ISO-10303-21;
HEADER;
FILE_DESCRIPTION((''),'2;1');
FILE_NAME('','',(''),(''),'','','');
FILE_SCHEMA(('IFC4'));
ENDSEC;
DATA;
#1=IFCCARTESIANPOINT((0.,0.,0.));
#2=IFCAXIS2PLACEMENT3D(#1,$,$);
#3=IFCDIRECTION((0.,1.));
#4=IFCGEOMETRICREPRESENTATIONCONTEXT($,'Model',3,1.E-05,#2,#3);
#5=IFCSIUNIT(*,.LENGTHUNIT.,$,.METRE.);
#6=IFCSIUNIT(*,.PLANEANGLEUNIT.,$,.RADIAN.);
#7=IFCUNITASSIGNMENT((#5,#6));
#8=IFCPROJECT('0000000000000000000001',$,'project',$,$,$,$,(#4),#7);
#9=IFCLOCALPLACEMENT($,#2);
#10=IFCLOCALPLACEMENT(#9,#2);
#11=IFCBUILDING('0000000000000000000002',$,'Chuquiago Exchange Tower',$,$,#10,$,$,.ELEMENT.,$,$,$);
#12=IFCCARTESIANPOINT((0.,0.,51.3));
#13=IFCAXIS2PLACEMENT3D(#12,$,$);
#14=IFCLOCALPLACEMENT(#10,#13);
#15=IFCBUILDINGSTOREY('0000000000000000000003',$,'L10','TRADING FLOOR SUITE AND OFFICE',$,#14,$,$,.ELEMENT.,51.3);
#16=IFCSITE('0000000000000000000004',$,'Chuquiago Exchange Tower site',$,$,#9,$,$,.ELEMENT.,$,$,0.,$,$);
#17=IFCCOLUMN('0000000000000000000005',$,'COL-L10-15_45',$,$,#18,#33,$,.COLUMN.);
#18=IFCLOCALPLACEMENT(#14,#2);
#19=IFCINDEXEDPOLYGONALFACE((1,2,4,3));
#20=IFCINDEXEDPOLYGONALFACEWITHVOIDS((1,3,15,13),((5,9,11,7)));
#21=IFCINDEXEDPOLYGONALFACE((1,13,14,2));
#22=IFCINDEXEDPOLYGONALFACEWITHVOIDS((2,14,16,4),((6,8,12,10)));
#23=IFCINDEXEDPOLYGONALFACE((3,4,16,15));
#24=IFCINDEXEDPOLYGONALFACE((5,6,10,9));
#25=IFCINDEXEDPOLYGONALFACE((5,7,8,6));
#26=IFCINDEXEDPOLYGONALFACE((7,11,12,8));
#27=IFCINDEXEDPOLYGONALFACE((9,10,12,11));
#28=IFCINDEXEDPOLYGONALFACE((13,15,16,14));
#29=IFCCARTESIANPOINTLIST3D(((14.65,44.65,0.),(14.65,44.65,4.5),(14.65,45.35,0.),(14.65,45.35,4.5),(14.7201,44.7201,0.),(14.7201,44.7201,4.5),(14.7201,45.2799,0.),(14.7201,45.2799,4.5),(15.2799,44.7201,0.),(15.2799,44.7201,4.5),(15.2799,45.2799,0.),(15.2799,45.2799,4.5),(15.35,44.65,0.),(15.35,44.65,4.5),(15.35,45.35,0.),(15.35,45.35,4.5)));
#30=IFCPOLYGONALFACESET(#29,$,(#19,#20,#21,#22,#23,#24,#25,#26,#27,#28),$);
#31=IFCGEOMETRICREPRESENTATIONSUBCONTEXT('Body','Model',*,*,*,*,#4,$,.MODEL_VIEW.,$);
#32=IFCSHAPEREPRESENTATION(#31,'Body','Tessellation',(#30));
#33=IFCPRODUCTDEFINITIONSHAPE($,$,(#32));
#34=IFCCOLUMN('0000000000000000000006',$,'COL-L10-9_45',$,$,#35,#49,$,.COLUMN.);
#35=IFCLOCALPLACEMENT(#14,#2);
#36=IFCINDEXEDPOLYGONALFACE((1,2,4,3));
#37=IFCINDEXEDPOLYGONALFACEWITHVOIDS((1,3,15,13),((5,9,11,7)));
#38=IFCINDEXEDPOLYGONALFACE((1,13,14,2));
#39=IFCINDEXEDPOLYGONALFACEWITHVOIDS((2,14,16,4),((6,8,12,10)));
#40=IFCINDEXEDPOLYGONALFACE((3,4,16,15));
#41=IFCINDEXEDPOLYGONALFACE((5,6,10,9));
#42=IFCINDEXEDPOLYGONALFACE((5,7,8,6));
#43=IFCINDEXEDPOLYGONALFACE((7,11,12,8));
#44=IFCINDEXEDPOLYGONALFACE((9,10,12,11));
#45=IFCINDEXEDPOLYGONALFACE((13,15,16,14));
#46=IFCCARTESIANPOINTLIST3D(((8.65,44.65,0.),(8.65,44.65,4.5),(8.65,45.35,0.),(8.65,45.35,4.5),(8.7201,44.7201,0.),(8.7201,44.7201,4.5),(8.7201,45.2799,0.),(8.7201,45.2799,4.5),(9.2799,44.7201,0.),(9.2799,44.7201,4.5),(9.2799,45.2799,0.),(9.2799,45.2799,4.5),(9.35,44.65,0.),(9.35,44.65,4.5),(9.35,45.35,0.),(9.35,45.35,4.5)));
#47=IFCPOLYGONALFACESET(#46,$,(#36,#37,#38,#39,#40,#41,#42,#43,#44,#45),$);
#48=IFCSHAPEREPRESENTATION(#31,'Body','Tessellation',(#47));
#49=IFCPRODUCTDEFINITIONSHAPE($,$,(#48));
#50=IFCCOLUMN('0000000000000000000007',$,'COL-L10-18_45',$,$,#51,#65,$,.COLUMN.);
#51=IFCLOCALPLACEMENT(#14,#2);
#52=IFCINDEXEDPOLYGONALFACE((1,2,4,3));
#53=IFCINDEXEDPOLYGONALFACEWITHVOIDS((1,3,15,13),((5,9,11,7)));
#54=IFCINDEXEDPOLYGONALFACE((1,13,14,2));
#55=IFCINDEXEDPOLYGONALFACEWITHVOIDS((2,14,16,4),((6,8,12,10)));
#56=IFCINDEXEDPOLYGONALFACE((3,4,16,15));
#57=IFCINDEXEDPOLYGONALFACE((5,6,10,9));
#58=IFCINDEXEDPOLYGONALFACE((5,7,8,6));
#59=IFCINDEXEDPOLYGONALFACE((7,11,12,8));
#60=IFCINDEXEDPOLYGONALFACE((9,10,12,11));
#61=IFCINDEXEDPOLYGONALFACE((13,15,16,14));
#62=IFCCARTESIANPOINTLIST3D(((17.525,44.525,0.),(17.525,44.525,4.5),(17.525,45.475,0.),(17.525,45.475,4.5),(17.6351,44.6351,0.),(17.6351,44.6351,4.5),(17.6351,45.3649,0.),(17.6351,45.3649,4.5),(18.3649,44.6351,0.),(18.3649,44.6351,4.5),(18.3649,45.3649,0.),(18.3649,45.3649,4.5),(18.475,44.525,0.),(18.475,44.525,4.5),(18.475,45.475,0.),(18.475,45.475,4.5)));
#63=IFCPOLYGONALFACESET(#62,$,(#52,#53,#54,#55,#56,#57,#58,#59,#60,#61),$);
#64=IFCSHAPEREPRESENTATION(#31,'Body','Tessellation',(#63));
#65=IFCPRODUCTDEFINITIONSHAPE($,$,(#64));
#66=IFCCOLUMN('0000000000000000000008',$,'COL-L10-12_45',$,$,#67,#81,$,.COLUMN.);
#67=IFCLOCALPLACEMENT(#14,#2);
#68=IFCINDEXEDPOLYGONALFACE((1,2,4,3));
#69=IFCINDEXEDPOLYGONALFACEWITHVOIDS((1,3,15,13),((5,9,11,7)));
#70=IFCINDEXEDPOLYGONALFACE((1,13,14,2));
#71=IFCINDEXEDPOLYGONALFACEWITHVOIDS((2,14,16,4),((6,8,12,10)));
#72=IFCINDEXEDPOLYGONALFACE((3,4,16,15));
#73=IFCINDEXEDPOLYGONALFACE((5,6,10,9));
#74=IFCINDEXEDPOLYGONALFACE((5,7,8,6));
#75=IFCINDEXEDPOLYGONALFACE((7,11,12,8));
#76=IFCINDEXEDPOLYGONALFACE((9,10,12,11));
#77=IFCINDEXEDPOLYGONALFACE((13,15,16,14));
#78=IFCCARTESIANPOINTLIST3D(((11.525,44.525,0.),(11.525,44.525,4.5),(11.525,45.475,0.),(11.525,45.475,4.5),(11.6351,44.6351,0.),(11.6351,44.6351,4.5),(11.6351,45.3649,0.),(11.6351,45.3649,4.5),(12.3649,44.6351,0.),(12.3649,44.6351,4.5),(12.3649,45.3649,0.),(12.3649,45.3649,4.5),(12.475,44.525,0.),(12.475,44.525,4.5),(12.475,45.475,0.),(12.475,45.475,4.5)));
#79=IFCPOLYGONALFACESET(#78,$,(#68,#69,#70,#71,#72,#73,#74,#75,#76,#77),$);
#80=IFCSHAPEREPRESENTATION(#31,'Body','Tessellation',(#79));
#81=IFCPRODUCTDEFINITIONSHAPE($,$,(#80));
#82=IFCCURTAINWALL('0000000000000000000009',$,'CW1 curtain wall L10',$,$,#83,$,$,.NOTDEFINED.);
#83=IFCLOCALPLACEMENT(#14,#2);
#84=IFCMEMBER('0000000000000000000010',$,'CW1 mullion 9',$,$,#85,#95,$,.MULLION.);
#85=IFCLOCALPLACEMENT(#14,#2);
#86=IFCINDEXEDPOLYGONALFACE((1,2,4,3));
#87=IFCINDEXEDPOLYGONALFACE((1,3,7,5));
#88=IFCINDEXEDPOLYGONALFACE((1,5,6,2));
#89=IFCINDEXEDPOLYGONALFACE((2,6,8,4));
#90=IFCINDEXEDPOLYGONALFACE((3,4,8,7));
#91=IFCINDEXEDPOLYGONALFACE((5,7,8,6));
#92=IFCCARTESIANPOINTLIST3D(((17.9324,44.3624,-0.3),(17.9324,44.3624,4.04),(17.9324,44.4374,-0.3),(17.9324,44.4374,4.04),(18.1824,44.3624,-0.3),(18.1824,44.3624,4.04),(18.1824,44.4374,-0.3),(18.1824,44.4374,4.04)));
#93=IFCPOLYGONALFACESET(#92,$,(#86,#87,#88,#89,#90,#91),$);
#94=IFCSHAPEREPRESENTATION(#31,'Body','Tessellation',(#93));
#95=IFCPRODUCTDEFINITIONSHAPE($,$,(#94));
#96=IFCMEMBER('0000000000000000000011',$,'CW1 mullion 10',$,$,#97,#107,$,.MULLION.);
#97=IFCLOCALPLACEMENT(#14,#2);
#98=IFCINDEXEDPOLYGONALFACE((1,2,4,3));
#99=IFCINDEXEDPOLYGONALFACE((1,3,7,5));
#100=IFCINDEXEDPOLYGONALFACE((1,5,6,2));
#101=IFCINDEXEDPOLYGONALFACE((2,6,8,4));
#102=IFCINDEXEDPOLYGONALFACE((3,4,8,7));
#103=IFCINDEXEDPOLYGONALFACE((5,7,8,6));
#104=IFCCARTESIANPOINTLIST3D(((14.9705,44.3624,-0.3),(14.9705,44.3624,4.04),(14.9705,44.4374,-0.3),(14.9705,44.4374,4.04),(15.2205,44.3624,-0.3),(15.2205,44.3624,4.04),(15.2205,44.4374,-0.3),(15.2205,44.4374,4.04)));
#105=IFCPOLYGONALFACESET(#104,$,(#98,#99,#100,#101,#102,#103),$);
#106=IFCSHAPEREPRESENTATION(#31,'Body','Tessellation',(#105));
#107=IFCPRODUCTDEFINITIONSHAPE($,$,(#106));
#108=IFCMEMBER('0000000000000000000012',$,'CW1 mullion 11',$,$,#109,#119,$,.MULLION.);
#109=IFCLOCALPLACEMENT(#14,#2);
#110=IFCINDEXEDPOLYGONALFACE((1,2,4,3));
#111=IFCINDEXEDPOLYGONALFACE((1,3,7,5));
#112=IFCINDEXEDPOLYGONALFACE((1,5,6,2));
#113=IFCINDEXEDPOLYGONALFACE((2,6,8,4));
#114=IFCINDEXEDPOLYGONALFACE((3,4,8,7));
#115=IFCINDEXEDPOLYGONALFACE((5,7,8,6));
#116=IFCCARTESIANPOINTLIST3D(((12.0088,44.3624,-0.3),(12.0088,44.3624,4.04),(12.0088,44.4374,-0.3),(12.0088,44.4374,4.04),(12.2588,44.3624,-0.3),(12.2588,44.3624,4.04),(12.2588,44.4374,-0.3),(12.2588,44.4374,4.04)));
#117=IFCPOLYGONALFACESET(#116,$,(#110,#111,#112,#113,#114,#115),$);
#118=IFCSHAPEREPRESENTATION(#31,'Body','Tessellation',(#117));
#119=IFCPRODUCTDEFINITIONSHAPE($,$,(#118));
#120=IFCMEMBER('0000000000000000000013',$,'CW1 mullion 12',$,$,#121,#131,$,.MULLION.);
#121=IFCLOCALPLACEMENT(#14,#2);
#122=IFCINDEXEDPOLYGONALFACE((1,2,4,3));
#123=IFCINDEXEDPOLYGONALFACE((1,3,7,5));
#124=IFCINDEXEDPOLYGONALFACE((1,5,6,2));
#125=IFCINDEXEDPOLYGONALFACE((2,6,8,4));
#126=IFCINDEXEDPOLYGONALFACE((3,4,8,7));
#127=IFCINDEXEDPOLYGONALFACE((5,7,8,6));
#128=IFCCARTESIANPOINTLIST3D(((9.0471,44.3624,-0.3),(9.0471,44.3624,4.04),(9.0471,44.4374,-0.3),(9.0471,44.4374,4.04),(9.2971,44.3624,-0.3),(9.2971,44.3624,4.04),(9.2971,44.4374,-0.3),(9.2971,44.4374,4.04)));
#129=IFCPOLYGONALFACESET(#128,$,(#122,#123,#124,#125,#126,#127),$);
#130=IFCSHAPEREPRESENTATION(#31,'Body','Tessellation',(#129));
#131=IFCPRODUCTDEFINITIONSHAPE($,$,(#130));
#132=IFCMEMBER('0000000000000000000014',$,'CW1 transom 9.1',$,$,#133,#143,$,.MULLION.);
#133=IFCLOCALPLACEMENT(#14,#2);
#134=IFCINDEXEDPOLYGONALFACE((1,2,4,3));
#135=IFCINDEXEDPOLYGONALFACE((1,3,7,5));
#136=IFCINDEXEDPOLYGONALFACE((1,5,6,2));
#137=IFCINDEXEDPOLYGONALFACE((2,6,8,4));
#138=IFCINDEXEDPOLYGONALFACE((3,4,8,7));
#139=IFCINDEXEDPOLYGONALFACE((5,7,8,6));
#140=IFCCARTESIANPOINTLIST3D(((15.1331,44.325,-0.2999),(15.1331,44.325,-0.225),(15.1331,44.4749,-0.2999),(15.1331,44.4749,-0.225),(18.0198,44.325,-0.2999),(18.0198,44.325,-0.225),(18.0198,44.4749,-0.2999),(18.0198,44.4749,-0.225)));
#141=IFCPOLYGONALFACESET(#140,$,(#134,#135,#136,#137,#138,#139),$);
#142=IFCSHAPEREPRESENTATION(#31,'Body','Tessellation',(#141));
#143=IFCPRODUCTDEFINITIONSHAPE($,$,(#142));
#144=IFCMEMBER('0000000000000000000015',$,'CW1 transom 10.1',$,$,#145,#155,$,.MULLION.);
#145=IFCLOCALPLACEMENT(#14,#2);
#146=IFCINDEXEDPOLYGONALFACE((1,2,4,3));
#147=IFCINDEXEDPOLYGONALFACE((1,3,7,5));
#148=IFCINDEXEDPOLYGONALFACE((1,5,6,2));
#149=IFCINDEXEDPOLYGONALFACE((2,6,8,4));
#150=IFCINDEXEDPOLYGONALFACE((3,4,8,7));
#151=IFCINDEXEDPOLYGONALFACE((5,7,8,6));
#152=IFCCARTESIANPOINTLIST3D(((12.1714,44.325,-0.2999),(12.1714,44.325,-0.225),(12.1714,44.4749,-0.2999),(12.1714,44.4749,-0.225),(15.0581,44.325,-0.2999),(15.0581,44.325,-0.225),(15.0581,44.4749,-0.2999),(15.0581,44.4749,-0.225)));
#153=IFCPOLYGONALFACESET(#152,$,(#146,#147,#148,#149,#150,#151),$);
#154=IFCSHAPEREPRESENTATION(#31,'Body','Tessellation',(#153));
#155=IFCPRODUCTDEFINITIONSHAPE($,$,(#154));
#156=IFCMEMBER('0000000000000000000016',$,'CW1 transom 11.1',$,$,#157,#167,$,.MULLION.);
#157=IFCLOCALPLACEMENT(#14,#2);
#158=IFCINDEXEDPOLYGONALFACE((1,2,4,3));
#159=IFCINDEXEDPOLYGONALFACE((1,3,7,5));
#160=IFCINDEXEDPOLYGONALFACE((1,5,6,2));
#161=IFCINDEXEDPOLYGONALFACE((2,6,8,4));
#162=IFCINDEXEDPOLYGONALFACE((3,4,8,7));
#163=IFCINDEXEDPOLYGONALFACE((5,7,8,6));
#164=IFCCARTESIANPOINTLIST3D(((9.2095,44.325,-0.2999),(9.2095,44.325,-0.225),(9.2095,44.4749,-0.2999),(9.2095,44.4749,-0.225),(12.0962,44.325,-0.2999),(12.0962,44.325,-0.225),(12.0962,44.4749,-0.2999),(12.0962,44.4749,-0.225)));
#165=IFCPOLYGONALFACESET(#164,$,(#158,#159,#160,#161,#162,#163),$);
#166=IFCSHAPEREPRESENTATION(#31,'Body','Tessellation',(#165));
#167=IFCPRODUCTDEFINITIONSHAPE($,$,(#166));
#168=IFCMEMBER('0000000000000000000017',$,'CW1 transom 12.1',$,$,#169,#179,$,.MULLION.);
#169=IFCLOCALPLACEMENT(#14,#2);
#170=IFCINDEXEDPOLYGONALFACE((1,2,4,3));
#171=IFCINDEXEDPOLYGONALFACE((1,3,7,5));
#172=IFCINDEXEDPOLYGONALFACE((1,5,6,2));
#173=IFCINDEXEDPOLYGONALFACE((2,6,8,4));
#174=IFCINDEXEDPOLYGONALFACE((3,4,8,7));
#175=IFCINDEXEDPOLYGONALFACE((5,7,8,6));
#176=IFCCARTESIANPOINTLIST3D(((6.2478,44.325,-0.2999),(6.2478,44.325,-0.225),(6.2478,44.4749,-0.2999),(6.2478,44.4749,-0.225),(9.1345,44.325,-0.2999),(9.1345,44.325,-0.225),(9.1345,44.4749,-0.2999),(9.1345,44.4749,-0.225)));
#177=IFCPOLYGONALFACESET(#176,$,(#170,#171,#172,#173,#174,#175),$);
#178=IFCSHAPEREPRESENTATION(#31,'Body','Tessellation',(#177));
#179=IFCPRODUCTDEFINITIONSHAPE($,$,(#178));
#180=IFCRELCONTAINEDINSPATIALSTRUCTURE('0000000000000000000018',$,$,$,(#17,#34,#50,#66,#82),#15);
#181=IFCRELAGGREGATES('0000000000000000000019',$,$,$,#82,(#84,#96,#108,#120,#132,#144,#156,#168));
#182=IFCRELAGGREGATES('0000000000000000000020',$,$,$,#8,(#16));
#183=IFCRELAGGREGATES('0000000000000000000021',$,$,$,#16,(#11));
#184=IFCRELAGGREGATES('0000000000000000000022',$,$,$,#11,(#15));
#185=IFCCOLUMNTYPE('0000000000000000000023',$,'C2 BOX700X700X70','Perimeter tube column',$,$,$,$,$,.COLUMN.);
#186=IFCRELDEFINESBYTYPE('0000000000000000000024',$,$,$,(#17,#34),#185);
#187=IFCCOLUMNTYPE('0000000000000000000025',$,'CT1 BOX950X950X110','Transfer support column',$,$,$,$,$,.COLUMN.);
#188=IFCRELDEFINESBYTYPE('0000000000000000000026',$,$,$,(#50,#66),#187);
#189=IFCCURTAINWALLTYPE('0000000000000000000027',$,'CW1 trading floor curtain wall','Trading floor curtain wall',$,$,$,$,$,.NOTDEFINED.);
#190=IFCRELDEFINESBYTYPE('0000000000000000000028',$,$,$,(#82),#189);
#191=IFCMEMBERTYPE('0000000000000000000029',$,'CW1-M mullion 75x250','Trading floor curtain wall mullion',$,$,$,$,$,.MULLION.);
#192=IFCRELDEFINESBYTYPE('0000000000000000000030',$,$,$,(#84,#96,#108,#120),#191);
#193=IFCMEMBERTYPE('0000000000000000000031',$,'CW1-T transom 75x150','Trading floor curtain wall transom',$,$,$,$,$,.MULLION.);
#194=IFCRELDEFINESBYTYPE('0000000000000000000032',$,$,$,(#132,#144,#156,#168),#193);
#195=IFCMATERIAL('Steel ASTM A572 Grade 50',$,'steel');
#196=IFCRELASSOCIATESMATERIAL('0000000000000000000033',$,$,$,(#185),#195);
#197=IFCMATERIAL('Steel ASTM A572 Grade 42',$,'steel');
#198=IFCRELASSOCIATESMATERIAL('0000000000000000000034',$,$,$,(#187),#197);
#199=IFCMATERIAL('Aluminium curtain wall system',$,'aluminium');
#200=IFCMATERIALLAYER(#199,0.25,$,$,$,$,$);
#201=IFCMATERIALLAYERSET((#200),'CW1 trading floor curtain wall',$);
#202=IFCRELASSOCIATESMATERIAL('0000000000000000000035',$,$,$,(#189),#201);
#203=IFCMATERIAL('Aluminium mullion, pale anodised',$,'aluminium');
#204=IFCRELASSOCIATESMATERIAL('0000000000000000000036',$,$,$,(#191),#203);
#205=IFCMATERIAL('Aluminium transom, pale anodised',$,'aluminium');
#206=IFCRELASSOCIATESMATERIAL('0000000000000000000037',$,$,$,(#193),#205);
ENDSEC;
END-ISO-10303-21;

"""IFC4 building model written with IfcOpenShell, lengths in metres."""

from ifc_helpers import new_model, si_unit, direction, frame, origin, origin_2d, place, context, subcontext, project, spatial, rectangle, hollow_rectangle, extrude, material, layer, layer_set, material_profile, profile_set, type_object, element, aggregate, save


model = new_model("IFC4")

# Units and contexts
model_context = context("Model", 3, precision=1e-05, world=origin(), true_north=direction((0.0, 1.0)))
body_context = subcontext(model_context, "Body", "Model", "MODEL_VIEW")
ifc_project = project(units=[si_unit("LENGTHUNIT", "METRE"), si_unit("PLANEANGLEUNIT", "RADIAN")], contexts=[model_context])

# Site, building, storey
site_placement = place(None, origin())
site = spatial("IfcSite", under=ifc_project, at=site_placement, Name="Chuquiago Exchange Tower site", CompositionType="ELEMENT", RefElevation=0.0)
building_placement = place(site_placement, origin())
building = spatial("IfcBuilding", under=site, at=building_placement, Name="Chuquiago Exchange Tower", CompositionType="ELEMENT")
storey_placement = place(building_placement, frame((0.0, 0.0, 51.3)))
storey = spatial("IfcBuildingStorey", under=building, at=storey_placement, Name="L10", Description="TRADING FLOOR SUITE AND OFFICE", CompositionType="ELEMENT", Elevation=51.3)

# Columns
ifc_material_1 = material(Name="Steel ASTM A572 Grade 50", Category="steel")
ifc_material_profile_1 = material_profile(ifc_material_1, hollow_rectangle(XDim=0.7, YDim=0.7, WallThickness=0.0701, at=origin_2d()), Name="BOX700X700X70")
ifc_profile_set_1 = profile_set([ifc_material_profile_1], Name="Steel ASTM A572 Grade 50")
column_type_1 = type_object("IfcColumnType", Name="C2 BOX700X700X70", Description="Perimeter tube column", PredefinedType="COLUMN", material=ifc_profile_set_1)
for number, where, z_axis, x_axis, name in (
    (1, (15.0, 45.0, 0.0), (0.0, 0.0, 1.0), (0.0, 1.0, 0.0), "COL-L10-15_45"),
    (2, (9.0, 45.0, 0.0), (0.0, 0.0, 1.0), (0.0, 1.0, 0.0), "COL-L10-9_45"),
):
    element("IfcColumn", number, at=place(storey_placement, frame(where, z_axis=z_axis, x_axis=x_axis)), inside=storey, type_object=column_type_1, Name=name, PredefinedType="COLUMN", context=body_context, shape_type="SweptSolid", body=[
        extrude(hollow_rectangle(XDim=0.7, YDim=0.7, WallThickness=0.0701, at=origin_2d()), origin(), (0.0, 0.0, 1.0), 4.5),
    ])
ifc_material_2 = material(Name="Steel ASTM A572 Grade 42", Category="steel")
ifc_material_profile_2 = material_profile(ifc_material_2, hollow_rectangle(XDim=0.95, YDim=0.95, WallThickness=0.1101, at=origin_2d()), Name="BOX950X950X110")
ifc_profile_set_2 = profile_set([ifc_material_profile_2], Name="Steel ASTM A572 Grade 42")
column_type_2 = type_object("IfcColumnType", Name="CT1 BOX950X950X110", Description="Transfer support column", PredefinedType="COLUMN", material=ifc_profile_set_2)
for number, where, z_axis, x_axis, name in (
    (3, (18.0, 45.0, 0.0), (0.0, 0.0, 1.0), (0.0, 1.0, 0.0), "COL-L10-18_45"),
    (4, (12.0, 45.0, 0.0), (0.0, 0.0, 1.0), (0.0, 1.0, 0.0), "COL-L10-12_45"),
):
    element("IfcColumn", number, at=place(storey_placement, frame(where, z_axis=z_axis, x_axis=x_axis)), inside=storey, type_object=column_type_2, Name=name, PredefinedType="COLUMN", context=body_context, shape_type="SweptSolid", body=[
        extrude(hollow_rectangle(XDim=0.95, YDim=0.95, WallThickness=0.1101, at=origin_2d()), origin(), (0.0, 0.0, 1.0), 4.5),
    ])

# Curtain wall, members
ifc_material_3 = material(Name="Aluminium curtain wall system", Category="aluminium")
ifc_layer_1 = layer(ifc_material_3, 0.25)
ifc_layer_set_1 = layer_set([ifc_layer_1], Name="CW1 trading floor curtain wall")
curtain_wall_type = type_object("IfcCurtainWallType", Name="CW1 trading floor curtain wall", Description="Trading floor curtain wall", PredefinedType="NOTDEFINED", material=ifc_layer_set_1)
curtain_wall_placement = place(storey_placement, origin())
curtain_wall = element("IfcCurtainWall", 5, at=curtain_wall_placement, inside=storey, type_object=curtain_wall_type, Name="CW1 curtain wall L10", PredefinedType="NOTDEFINED")
ifc_material_4 = material(Name="Aluminium mullion, pale anodised", Category="aluminium")
ifc_material_profile_3 = material_profile(ifc_material_4, rectangle(XDim=0.075, YDim=0.25, at=origin_2d()), Name="AL 75x250")
ifc_profile_set_3 = profile_set([ifc_material_profile_3], Name="Aluminium mullion, pale anodised")
member_type_1 = type_object("IfcMemberType", Name="CW1-M mullion 75x250", Description="Trading floor curtain wall mullion", PredefinedType="MULLION", material=ifc_profile_set_3)
member_1_placement = place(storey_placement, frame((18.0574, 44.3999, -0.3), z_axis=(0.0, 0.0, 1.0), x_axis=(0.0, -1.0, 0.0)))
member_1 = element("IfcMember", 6, at=member_1_placement, type_object=member_type_1, Name="CW1 mullion 9", PredefinedType="MULLION", context=body_context, shape_type="SweptSolid", body=[
    extrude(rectangle(XDim=0.075, YDim=0.25, at=origin_2d()), origin(), (0.0, 0.0, 1.0), 4.3401),
])
member_2_placement = place(storey_placement, frame((15.0955, 44.3999, -0.3), z_axis=(0.0, 0.0, 1.0), x_axis=(0.0, -1.0, 0.0)))
member_2 = element("IfcMember", 7, at=member_2_placement, type_object=member_type_1, Name="CW1 mullion 10", PredefinedType="MULLION", context=body_context, shape_type="SweptSolid", body=[
    extrude(rectangle(XDim=0.075, YDim=0.25, at=origin_2d()), origin(), (0.0, 0.0, 1.0), 4.3401),
])
member_3_placement = place(storey_placement, frame((12.1338, 44.3999, -0.3), z_axis=(0.0, 0.0, 1.0), x_axis=(0.0, -1.0, 0.0)))
member_3 = element("IfcMember", 8, at=member_3_placement, type_object=member_type_1, Name="CW1 mullion 11", PredefinedType="MULLION", context=body_context, shape_type="SweptSolid", body=[
    extrude(rectangle(XDim=0.075, YDim=0.25, at=origin_2d()), origin(), (0.0, 0.0, 1.0), 4.3401),
])
member_4_placement = place(storey_placement, frame((9.1721, 44.3999, -0.3), z_axis=(0.0, 0.0, 1.0), x_axis=(0.0, -1.0, 0.0)))
member_4 = element("IfcMember", 9, at=member_4_placement, type_object=member_type_1, Name="CW1 mullion 12", PredefinedType="MULLION", context=body_context, shape_type="SweptSolid", body=[
    extrude(rectangle(XDim=0.075, YDim=0.25, at=origin_2d()), origin(), (0.0, 0.0, 1.0), 4.3401),
])
ifc_material_5 = material(Name="Aluminium transom, pale anodised", Category="aluminium")
ifc_material_profile_4 = material_profile(ifc_material_5, rectangle(XDim=0.1499, YDim=0.075, at=origin_2d()), Name="AL 150x75")
ifc_profile_set_4 = profile_set([ifc_material_profile_4], Name="Aluminium transom, pale anodised")
member_type_2 = type_object("IfcMemberType", Name="CW1-T transom 75x150", Description="Trading floor curtain wall transom", PredefinedType="MULLION", material=ifc_profile_set_4)
member_5_placement = place(storey_placement, frame((18.0198, 44.3999, -0.2625), z_axis=(-1.0, 0.0, 0.0), x_axis=(0.0, -1.0, 0.0)))
member_5 = element("IfcMember", 10, at=member_5_placement, type_object=member_type_2, Name="CW1 transom 9.1", PredefinedType="MULLION", context=body_context, shape_type="SweptSolid", body=[
    extrude(rectangle(XDim=0.1499, YDim=0.075, at=origin_2d()), origin(), (0.0, 0.0, 1.0), 2.8867),
])
member_6_placement = place(storey_placement, frame((15.0581, 44.3999, -0.2625), z_axis=(-1.0, 0.0, 0.0), x_axis=(0.0, -1.0, 0.0)))
member_6 = element("IfcMember", 11, at=member_6_placement, type_object=member_type_2, Name="CW1 transom 10.1", PredefinedType="MULLION", context=body_context, shape_type="SweptSolid", body=[
    extrude(rectangle(XDim=0.1499, YDim=0.075, at=origin_2d()), origin(), (0.0, 0.0, 1.0), 2.8867),
])
member_7_placement = place(storey_placement, frame((12.0962, 44.3999, -0.2625), z_axis=(-1.0, 0.0, 0.0), x_axis=(0.0, -1.0, 0.0)))
member_7 = element("IfcMember", 12, at=member_7_placement, type_object=member_type_2, Name="CW1 transom 11.1", PredefinedType="MULLION", context=body_context, shape_type="SweptSolid", body=[
    extrude(rectangle(XDim=0.1499, YDim=0.075, at=origin_2d()), origin(), (0.0, 0.0, 1.0), 2.8867),
])
member_8_placement = place(storey_placement, frame((9.1345, 44.3999, -0.2625), z_axis=(-1.0, 0.0, 0.0), x_axis=(0.0, -1.0, 0.0)))
member_8 = element("IfcMember", 13, at=member_8_placement, type_object=member_type_2, Name="CW1 transom 12.1", PredefinedType="MULLION", context=body_context, shape_type="SweptSolid", body=[
    extrude(rectangle(XDim=0.1499, YDim=0.075, at=origin_2d()), origin(), (0.0, 0.0, 1.0), 2.8867),
])

aggregate(curtain_wall, [member_1, member_2, member_3, member_4, member_5, member_6, member_7, member_8])

save(model, "model.ifc")
